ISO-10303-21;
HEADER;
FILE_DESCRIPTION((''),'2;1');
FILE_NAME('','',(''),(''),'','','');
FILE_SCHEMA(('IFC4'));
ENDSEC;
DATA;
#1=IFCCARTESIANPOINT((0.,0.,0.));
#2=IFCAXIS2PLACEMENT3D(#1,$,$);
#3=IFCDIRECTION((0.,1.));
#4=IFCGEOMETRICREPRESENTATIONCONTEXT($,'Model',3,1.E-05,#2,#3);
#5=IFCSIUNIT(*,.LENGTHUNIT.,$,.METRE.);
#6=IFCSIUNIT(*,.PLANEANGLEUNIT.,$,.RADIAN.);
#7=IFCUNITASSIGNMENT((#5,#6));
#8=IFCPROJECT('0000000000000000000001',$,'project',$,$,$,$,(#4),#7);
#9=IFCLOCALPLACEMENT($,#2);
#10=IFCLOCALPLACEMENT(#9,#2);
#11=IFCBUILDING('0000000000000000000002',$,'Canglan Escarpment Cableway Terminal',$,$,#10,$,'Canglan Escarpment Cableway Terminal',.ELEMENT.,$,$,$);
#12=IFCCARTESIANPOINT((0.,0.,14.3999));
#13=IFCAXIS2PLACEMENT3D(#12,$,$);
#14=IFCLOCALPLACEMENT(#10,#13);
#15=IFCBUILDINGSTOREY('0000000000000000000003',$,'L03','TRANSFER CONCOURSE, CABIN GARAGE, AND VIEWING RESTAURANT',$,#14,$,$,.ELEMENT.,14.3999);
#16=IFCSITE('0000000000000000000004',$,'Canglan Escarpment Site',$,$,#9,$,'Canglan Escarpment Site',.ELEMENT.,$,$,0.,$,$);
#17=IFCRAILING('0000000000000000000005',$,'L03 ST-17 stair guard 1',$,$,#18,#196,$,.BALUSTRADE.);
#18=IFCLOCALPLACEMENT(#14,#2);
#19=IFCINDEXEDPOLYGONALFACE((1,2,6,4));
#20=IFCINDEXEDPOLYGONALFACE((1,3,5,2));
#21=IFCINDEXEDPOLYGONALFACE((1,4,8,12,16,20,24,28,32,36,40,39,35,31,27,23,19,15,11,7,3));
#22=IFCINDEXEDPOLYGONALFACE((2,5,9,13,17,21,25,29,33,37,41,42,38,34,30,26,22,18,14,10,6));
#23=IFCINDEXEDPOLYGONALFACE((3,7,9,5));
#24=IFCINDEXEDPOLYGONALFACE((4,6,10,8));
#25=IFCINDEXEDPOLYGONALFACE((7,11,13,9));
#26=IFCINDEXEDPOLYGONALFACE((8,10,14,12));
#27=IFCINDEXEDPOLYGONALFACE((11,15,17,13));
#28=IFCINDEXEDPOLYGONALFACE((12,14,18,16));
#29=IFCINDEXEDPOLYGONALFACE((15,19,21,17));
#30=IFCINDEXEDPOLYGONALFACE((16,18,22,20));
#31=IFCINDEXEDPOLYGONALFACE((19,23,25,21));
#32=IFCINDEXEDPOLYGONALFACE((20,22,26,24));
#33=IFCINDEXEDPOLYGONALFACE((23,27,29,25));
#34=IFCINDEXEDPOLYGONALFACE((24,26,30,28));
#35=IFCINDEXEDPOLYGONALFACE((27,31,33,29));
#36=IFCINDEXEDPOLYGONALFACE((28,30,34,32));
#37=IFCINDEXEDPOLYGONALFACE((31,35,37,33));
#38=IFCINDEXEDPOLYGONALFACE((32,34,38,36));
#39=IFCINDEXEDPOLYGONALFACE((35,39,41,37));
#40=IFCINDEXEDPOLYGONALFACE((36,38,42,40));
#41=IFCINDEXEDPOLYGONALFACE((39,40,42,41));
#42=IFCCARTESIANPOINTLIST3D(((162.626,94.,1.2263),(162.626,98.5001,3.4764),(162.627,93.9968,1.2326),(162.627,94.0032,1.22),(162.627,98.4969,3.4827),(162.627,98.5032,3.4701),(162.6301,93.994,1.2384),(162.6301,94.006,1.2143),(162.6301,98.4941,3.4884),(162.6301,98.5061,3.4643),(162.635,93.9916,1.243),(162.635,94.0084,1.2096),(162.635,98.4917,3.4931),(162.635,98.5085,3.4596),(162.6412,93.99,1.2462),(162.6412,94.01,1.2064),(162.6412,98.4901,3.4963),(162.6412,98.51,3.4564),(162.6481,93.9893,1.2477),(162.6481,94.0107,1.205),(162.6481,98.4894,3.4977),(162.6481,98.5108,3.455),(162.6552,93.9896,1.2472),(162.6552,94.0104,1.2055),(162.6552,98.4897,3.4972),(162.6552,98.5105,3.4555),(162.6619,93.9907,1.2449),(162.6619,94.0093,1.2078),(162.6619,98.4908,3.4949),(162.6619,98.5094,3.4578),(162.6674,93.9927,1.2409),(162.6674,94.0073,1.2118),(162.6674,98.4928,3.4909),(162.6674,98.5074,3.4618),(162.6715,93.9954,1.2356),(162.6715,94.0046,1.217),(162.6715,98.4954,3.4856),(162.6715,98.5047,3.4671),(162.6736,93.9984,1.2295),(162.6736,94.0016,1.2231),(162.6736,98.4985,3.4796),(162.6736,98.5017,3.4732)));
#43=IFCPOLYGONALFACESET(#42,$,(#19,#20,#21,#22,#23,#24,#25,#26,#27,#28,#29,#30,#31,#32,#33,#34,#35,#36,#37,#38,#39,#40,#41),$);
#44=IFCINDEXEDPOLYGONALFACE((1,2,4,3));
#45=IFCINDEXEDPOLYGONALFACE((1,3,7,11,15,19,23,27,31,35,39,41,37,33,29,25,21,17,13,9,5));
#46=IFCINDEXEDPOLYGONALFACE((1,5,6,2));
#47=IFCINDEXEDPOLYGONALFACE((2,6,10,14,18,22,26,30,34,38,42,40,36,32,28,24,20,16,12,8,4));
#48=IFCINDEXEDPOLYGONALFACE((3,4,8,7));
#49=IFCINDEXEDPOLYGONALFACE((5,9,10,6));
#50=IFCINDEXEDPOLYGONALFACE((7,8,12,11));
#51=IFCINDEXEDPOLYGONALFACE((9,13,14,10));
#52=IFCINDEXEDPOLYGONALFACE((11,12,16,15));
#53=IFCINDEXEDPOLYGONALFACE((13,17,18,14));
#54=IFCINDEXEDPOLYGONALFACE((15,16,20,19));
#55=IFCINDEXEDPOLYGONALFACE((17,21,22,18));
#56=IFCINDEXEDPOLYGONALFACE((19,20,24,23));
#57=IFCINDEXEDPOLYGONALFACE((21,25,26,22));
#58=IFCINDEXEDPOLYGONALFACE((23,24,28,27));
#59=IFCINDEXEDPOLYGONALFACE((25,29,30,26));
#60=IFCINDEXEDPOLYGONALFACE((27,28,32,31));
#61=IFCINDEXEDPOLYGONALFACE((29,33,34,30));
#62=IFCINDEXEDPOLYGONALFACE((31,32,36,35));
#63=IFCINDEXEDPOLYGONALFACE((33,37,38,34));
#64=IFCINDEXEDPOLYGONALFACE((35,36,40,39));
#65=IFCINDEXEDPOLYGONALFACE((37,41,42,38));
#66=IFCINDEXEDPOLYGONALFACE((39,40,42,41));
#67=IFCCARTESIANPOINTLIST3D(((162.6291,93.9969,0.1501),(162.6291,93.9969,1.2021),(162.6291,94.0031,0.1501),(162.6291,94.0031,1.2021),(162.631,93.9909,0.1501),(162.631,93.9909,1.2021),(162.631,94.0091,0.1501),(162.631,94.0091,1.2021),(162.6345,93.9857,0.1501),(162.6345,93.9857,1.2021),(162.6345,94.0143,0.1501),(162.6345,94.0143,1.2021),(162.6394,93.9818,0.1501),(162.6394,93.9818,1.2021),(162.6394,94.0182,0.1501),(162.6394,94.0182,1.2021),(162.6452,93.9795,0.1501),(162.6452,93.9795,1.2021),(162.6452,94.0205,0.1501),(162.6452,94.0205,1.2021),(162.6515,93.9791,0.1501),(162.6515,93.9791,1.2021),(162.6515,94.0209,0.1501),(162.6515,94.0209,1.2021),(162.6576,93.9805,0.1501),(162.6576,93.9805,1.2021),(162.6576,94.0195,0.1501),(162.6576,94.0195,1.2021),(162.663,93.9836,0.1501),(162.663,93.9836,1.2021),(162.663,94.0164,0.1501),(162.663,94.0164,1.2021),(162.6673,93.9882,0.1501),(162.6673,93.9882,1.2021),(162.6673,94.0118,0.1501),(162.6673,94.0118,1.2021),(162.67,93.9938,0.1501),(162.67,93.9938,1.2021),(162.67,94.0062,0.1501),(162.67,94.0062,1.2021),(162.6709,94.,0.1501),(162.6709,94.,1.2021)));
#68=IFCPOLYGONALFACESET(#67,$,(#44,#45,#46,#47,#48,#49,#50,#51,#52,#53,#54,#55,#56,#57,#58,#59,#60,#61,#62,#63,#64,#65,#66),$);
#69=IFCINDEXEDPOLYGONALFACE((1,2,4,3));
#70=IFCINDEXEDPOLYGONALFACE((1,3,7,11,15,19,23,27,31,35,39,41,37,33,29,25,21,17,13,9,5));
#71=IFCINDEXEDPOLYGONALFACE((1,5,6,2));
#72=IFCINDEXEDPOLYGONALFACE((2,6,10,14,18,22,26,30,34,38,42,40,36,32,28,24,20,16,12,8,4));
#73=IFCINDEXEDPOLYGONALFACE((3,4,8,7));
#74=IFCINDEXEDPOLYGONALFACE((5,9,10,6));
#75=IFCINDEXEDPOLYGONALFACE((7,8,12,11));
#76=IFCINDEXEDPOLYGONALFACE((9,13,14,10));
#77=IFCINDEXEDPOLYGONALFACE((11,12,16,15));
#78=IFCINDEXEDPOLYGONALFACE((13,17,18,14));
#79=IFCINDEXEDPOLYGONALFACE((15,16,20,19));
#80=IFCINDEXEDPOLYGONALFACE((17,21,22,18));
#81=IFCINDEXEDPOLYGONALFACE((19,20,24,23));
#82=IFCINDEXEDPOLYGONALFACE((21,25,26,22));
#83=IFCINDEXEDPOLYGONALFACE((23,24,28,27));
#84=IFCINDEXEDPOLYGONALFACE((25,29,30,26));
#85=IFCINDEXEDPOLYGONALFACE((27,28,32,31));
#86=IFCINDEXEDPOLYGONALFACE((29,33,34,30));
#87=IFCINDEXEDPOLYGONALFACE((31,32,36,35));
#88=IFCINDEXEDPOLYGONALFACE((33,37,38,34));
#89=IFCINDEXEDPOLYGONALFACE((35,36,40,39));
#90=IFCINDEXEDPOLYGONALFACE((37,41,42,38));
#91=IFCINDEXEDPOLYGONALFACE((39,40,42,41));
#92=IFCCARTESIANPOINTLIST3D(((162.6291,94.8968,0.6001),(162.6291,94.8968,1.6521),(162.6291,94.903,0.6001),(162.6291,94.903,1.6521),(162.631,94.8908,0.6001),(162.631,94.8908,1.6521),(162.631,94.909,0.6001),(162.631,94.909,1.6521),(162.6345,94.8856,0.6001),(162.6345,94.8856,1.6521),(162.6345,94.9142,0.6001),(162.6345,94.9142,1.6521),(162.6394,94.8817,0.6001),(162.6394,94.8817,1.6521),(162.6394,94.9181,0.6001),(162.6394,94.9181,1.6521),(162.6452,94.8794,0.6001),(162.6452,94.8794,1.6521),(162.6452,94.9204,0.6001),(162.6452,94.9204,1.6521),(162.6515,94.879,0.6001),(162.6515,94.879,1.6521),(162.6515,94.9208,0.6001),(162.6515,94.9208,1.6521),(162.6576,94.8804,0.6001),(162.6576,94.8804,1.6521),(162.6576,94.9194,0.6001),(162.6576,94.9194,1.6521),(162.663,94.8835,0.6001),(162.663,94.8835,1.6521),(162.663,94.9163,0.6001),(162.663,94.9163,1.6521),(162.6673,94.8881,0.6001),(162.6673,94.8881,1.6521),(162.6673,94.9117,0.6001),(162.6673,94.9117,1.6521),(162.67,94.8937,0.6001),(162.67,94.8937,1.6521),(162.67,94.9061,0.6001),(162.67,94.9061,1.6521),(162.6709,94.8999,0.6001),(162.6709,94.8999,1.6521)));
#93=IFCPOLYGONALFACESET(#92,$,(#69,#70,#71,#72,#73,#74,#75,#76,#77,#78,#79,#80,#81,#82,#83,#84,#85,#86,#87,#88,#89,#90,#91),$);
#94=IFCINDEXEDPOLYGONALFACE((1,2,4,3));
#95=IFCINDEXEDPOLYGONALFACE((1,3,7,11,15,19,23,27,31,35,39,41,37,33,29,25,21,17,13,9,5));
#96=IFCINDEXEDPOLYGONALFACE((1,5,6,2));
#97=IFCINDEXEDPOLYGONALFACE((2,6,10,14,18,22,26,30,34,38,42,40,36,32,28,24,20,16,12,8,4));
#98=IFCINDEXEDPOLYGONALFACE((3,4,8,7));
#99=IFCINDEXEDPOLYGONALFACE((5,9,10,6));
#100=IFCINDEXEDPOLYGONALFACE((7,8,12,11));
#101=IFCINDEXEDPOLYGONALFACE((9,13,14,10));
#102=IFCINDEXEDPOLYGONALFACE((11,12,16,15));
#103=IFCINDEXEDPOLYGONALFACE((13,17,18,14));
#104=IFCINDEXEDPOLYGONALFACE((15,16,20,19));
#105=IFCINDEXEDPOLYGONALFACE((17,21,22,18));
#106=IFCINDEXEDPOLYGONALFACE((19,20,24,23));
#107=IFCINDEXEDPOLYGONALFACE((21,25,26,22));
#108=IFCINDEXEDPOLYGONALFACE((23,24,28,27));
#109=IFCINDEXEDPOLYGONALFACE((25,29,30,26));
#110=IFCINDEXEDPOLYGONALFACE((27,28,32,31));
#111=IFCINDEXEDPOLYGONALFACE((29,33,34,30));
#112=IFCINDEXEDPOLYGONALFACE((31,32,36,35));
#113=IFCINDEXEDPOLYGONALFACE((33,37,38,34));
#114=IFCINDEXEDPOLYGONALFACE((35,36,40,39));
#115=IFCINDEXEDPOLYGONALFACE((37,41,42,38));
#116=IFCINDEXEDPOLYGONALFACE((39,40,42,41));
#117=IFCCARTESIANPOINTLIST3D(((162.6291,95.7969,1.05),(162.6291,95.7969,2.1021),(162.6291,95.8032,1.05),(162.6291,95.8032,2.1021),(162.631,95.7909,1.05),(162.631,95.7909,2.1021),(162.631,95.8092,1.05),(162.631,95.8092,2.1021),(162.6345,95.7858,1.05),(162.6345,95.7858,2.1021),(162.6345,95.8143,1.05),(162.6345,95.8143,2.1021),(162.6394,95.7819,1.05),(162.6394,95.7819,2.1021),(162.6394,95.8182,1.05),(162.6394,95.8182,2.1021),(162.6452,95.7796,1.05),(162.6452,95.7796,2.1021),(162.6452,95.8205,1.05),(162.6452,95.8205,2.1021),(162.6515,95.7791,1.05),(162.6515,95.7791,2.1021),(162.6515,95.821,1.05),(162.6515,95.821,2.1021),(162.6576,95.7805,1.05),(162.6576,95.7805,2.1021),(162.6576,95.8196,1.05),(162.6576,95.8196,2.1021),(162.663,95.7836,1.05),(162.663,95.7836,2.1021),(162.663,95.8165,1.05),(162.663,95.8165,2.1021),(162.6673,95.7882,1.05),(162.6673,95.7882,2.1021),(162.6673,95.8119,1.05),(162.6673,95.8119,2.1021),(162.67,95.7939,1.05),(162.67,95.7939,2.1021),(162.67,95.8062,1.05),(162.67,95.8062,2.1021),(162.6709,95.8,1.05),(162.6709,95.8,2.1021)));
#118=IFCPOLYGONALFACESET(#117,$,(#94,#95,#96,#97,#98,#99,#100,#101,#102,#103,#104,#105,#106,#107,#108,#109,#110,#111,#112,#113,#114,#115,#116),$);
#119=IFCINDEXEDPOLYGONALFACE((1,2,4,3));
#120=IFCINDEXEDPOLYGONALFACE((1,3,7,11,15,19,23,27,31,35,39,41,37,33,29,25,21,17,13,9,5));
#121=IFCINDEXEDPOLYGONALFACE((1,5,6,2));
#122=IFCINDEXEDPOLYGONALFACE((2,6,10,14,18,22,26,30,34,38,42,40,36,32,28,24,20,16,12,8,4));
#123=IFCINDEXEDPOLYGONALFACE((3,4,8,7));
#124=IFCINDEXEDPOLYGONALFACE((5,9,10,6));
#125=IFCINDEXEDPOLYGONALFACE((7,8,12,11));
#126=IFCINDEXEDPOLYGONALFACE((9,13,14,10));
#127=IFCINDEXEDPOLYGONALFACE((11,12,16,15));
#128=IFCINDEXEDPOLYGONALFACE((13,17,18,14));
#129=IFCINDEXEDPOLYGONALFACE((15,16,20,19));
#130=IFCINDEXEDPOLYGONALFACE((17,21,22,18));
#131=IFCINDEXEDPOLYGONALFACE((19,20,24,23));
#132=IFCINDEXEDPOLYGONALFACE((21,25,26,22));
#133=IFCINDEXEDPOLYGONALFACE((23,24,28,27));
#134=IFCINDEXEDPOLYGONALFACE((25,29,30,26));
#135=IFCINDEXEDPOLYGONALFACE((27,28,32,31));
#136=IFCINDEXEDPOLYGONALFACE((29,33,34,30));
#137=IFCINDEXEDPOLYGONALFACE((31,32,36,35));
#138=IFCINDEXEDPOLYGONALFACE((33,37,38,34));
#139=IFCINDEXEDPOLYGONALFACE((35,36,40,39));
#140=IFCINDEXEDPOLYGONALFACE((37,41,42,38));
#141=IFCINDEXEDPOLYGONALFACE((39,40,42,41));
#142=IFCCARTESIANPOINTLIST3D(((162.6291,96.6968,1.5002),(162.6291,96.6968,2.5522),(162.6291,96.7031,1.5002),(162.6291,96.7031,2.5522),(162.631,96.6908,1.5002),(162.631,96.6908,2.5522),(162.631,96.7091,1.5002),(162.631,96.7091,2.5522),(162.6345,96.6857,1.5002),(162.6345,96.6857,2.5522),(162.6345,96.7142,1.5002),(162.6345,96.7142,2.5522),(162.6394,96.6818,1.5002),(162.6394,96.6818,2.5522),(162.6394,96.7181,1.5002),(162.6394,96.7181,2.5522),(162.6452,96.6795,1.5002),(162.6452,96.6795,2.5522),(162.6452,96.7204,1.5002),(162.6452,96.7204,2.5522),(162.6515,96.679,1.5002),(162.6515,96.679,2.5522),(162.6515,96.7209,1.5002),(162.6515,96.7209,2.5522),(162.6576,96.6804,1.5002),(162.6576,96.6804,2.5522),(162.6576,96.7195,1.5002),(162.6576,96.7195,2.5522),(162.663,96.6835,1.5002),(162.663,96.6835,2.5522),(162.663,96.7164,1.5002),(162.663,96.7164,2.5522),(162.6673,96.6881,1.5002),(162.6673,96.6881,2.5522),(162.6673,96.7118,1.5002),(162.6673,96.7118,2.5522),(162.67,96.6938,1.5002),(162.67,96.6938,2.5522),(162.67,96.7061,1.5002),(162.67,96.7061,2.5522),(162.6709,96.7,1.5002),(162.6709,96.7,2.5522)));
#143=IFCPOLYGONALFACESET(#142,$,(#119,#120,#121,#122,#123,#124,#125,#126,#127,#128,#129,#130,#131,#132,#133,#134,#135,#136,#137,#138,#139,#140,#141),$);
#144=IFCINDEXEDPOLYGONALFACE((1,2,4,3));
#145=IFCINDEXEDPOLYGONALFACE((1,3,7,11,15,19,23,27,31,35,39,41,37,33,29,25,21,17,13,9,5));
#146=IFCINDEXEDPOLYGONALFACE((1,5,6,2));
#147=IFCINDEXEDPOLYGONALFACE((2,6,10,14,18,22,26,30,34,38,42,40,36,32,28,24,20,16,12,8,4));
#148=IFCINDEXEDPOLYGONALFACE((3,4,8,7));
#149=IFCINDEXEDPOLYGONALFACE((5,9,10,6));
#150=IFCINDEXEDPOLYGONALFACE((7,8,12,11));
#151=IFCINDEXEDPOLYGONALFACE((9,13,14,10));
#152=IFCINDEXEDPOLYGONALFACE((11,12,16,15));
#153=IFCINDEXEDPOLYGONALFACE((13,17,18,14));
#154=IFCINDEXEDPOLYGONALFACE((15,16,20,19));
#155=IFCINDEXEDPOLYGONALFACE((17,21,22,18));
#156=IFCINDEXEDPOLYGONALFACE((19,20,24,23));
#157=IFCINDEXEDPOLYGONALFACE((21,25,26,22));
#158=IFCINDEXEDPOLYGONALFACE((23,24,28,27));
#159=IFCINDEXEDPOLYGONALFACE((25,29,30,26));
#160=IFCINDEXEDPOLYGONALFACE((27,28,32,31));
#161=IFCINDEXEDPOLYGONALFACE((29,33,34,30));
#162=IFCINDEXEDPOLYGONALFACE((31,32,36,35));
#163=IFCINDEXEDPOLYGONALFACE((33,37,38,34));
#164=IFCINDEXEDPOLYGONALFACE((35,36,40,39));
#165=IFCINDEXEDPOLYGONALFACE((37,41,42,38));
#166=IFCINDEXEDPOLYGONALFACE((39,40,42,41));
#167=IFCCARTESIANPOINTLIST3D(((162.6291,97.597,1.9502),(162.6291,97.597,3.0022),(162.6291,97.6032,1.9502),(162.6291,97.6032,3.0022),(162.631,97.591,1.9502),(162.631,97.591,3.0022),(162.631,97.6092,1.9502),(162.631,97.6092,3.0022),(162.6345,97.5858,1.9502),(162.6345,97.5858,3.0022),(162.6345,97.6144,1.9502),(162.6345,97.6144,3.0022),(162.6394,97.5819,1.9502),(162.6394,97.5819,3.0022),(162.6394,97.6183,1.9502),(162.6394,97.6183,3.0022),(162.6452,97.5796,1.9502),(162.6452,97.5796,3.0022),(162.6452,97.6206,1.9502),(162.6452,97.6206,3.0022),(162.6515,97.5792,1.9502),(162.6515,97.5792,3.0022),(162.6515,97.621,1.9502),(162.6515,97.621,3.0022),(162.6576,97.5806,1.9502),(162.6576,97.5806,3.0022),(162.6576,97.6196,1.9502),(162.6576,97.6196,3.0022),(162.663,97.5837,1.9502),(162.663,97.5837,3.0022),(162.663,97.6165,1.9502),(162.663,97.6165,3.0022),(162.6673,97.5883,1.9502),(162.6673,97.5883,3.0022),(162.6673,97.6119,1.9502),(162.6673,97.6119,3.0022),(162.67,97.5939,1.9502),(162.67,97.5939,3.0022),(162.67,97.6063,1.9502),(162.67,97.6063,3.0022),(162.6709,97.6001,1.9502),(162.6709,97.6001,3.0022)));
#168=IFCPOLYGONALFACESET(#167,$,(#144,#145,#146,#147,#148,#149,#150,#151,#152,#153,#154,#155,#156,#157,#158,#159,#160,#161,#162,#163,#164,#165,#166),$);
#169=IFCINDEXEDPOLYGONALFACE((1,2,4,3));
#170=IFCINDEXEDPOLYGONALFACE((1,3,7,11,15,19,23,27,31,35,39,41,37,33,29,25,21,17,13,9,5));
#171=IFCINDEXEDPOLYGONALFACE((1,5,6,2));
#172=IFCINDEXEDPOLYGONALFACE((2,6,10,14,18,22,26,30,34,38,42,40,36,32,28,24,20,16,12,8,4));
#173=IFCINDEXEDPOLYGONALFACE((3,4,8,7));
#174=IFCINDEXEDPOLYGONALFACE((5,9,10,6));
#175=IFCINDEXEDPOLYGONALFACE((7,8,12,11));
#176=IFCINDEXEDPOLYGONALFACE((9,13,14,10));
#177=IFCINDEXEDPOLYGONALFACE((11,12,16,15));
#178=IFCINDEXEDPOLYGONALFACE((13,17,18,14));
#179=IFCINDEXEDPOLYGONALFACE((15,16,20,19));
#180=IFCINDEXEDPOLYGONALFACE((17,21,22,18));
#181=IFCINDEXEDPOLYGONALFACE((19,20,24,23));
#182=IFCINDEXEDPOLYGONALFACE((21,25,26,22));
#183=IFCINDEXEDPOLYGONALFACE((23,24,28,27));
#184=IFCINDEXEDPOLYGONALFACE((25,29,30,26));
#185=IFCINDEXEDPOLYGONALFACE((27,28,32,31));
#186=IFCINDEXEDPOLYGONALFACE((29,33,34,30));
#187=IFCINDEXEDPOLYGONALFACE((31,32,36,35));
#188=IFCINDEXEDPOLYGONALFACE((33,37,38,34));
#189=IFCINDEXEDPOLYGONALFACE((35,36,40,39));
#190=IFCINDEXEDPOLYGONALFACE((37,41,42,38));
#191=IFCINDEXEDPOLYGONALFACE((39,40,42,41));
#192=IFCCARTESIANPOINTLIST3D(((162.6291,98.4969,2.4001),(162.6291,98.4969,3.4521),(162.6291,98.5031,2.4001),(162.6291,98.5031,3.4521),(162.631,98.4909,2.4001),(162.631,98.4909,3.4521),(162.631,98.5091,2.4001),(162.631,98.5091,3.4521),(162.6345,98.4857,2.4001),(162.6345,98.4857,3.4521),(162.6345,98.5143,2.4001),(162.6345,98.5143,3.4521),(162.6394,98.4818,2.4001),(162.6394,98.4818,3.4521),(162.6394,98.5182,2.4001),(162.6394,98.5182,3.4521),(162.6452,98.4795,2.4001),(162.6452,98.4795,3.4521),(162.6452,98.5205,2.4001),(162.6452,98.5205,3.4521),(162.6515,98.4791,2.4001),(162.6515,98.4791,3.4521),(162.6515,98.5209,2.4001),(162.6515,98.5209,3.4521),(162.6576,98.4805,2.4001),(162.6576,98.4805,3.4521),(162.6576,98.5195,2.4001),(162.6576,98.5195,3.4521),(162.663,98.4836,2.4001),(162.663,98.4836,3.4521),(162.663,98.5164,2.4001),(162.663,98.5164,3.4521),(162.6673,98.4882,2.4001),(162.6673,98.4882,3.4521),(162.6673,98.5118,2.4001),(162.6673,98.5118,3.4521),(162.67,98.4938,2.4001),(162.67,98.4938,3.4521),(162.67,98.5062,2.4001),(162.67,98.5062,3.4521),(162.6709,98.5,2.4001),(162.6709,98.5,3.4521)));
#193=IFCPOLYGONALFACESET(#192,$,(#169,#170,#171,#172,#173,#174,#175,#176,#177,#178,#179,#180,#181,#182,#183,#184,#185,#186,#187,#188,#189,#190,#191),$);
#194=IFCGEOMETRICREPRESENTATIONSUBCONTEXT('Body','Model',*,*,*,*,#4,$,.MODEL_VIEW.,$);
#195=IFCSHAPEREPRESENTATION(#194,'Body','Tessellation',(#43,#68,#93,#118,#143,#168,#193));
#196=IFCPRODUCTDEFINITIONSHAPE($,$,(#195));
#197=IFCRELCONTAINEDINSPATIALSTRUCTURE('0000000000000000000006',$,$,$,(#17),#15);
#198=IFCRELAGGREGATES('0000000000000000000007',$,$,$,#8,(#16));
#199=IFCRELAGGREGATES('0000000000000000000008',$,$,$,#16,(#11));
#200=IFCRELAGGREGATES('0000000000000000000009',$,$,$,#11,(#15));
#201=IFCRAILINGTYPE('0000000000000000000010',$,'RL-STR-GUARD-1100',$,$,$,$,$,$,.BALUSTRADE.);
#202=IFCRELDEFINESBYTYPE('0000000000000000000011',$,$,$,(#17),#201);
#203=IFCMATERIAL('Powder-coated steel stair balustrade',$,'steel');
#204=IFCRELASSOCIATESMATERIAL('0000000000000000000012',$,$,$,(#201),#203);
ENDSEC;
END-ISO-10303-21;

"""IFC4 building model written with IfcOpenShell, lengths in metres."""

from ifc_helpers import new_model, si_unit, direction, frame, origin, origin_2d, place, context, subcontext, project, spatial, circle, extrude, material, type_object, element, save


model = new_model("IFC4")

# Units and contexts
model_context = context("Model", 3, precision=1e-05, world=origin(), true_north=direction((0.0, 1.0)))
body_context = subcontext(model_context, "Body", "Model", "MODEL_VIEW")
ifc_project = project(units=[si_unit("LENGTHUNIT", "METRE"), si_unit("PLANEANGLEUNIT", "RADIAN")], contexts=[model_context])

# Site, building, storey
site_placement = place(None, origin())
site = spatial("IfcSite", under=ifc_project, at=site_placement, Name="Canglan Escarpment Site", LongName="Canglan Escarpment Site", CompositionType="ELEMENT", RefElevation=0.0)
building_placement = place(site_placement, origin())
building = spatial("IfcBuilding", under=site, at=building_placement, Name="Canglan Escarpment Cableway Terminal", LongName="Canglan Escarpment Cableway Terminal", CompositionType="ELEMENT")
storey_placement = place(building_placement, frame((0.0, 0.0, 14.3999)))
storey = spatial("IfcBuildingStorey", under=building, at=storey_placement, Name="L03", Description="TRANSFER CONCOURSE, CABIN GARAGE, AND VIEWING RESTAURANT", CompositionType="ELEMENT", Elevation=14.3999)

# Railing
ifc_material_1 = material(Name="Powder-coated steel stair balustrade", Category="steel")
railing_type_1 = type_object("IfcRailingType", Name="RL-STR-GUARD-1100", PredefinedType="BALUSTRADE", material=ifc_material_1)
railing_1_placement = place(storey_placement, frame((162.6499, 94.0, 0.1501)))
element("IfcRailing", 1, at=railing_1_placement, inside=storey, type_object=railing_type_1, Name="L03 ST-17 stair guard 1", PredefinedType="BALUSTRADE", context=body_context, shape_type="SweptSolid", body=[
    extrude(circle(Radius=0.0239, at=origin_2d()), frame((0.0, 0.0, 1.0762), z_axis=(0.0, 0.894427, 0.447214), x_axis=(-1.0, 0.0, 0.0)), (0.0, 0.0, 1.0), 5.0312),
    extrude(circle(Radius=0.021, at=origin_2d()), origin(), (0.0, 0.0, 1.0), 1.052),
    extrude(circle(Radius=0.021, at=origin_2d()), frame((0.0, 0.8999, 0.45)), (0.0, 0.0, 1.0), 1.052),
    extrude(circle(Radius=0.021, at=origin_2d()), frame((0.0, 1.8, 0.8999)), (0.0, 0.0, 1.0), 1.052),
    extrude(circle(Radius=0.021, at=origin_2d()), frame((0.0, 2.7, 1.3501)), (0.0, 0.0, 1.0), 1.052),
    extrude(circle(Radius=0.021, at=origin_2d()), frame((0.0, 3.6001, 1.8)), (0.0, 0.0, 1.0), 1.052),
    extrude(circle(Radius=0.021, at=origin_2d()), frame((0.0, 4.5, 2.25)), (0.0, 0.0, 1.0), 1.052),
])

save(model, "model.ifc")
